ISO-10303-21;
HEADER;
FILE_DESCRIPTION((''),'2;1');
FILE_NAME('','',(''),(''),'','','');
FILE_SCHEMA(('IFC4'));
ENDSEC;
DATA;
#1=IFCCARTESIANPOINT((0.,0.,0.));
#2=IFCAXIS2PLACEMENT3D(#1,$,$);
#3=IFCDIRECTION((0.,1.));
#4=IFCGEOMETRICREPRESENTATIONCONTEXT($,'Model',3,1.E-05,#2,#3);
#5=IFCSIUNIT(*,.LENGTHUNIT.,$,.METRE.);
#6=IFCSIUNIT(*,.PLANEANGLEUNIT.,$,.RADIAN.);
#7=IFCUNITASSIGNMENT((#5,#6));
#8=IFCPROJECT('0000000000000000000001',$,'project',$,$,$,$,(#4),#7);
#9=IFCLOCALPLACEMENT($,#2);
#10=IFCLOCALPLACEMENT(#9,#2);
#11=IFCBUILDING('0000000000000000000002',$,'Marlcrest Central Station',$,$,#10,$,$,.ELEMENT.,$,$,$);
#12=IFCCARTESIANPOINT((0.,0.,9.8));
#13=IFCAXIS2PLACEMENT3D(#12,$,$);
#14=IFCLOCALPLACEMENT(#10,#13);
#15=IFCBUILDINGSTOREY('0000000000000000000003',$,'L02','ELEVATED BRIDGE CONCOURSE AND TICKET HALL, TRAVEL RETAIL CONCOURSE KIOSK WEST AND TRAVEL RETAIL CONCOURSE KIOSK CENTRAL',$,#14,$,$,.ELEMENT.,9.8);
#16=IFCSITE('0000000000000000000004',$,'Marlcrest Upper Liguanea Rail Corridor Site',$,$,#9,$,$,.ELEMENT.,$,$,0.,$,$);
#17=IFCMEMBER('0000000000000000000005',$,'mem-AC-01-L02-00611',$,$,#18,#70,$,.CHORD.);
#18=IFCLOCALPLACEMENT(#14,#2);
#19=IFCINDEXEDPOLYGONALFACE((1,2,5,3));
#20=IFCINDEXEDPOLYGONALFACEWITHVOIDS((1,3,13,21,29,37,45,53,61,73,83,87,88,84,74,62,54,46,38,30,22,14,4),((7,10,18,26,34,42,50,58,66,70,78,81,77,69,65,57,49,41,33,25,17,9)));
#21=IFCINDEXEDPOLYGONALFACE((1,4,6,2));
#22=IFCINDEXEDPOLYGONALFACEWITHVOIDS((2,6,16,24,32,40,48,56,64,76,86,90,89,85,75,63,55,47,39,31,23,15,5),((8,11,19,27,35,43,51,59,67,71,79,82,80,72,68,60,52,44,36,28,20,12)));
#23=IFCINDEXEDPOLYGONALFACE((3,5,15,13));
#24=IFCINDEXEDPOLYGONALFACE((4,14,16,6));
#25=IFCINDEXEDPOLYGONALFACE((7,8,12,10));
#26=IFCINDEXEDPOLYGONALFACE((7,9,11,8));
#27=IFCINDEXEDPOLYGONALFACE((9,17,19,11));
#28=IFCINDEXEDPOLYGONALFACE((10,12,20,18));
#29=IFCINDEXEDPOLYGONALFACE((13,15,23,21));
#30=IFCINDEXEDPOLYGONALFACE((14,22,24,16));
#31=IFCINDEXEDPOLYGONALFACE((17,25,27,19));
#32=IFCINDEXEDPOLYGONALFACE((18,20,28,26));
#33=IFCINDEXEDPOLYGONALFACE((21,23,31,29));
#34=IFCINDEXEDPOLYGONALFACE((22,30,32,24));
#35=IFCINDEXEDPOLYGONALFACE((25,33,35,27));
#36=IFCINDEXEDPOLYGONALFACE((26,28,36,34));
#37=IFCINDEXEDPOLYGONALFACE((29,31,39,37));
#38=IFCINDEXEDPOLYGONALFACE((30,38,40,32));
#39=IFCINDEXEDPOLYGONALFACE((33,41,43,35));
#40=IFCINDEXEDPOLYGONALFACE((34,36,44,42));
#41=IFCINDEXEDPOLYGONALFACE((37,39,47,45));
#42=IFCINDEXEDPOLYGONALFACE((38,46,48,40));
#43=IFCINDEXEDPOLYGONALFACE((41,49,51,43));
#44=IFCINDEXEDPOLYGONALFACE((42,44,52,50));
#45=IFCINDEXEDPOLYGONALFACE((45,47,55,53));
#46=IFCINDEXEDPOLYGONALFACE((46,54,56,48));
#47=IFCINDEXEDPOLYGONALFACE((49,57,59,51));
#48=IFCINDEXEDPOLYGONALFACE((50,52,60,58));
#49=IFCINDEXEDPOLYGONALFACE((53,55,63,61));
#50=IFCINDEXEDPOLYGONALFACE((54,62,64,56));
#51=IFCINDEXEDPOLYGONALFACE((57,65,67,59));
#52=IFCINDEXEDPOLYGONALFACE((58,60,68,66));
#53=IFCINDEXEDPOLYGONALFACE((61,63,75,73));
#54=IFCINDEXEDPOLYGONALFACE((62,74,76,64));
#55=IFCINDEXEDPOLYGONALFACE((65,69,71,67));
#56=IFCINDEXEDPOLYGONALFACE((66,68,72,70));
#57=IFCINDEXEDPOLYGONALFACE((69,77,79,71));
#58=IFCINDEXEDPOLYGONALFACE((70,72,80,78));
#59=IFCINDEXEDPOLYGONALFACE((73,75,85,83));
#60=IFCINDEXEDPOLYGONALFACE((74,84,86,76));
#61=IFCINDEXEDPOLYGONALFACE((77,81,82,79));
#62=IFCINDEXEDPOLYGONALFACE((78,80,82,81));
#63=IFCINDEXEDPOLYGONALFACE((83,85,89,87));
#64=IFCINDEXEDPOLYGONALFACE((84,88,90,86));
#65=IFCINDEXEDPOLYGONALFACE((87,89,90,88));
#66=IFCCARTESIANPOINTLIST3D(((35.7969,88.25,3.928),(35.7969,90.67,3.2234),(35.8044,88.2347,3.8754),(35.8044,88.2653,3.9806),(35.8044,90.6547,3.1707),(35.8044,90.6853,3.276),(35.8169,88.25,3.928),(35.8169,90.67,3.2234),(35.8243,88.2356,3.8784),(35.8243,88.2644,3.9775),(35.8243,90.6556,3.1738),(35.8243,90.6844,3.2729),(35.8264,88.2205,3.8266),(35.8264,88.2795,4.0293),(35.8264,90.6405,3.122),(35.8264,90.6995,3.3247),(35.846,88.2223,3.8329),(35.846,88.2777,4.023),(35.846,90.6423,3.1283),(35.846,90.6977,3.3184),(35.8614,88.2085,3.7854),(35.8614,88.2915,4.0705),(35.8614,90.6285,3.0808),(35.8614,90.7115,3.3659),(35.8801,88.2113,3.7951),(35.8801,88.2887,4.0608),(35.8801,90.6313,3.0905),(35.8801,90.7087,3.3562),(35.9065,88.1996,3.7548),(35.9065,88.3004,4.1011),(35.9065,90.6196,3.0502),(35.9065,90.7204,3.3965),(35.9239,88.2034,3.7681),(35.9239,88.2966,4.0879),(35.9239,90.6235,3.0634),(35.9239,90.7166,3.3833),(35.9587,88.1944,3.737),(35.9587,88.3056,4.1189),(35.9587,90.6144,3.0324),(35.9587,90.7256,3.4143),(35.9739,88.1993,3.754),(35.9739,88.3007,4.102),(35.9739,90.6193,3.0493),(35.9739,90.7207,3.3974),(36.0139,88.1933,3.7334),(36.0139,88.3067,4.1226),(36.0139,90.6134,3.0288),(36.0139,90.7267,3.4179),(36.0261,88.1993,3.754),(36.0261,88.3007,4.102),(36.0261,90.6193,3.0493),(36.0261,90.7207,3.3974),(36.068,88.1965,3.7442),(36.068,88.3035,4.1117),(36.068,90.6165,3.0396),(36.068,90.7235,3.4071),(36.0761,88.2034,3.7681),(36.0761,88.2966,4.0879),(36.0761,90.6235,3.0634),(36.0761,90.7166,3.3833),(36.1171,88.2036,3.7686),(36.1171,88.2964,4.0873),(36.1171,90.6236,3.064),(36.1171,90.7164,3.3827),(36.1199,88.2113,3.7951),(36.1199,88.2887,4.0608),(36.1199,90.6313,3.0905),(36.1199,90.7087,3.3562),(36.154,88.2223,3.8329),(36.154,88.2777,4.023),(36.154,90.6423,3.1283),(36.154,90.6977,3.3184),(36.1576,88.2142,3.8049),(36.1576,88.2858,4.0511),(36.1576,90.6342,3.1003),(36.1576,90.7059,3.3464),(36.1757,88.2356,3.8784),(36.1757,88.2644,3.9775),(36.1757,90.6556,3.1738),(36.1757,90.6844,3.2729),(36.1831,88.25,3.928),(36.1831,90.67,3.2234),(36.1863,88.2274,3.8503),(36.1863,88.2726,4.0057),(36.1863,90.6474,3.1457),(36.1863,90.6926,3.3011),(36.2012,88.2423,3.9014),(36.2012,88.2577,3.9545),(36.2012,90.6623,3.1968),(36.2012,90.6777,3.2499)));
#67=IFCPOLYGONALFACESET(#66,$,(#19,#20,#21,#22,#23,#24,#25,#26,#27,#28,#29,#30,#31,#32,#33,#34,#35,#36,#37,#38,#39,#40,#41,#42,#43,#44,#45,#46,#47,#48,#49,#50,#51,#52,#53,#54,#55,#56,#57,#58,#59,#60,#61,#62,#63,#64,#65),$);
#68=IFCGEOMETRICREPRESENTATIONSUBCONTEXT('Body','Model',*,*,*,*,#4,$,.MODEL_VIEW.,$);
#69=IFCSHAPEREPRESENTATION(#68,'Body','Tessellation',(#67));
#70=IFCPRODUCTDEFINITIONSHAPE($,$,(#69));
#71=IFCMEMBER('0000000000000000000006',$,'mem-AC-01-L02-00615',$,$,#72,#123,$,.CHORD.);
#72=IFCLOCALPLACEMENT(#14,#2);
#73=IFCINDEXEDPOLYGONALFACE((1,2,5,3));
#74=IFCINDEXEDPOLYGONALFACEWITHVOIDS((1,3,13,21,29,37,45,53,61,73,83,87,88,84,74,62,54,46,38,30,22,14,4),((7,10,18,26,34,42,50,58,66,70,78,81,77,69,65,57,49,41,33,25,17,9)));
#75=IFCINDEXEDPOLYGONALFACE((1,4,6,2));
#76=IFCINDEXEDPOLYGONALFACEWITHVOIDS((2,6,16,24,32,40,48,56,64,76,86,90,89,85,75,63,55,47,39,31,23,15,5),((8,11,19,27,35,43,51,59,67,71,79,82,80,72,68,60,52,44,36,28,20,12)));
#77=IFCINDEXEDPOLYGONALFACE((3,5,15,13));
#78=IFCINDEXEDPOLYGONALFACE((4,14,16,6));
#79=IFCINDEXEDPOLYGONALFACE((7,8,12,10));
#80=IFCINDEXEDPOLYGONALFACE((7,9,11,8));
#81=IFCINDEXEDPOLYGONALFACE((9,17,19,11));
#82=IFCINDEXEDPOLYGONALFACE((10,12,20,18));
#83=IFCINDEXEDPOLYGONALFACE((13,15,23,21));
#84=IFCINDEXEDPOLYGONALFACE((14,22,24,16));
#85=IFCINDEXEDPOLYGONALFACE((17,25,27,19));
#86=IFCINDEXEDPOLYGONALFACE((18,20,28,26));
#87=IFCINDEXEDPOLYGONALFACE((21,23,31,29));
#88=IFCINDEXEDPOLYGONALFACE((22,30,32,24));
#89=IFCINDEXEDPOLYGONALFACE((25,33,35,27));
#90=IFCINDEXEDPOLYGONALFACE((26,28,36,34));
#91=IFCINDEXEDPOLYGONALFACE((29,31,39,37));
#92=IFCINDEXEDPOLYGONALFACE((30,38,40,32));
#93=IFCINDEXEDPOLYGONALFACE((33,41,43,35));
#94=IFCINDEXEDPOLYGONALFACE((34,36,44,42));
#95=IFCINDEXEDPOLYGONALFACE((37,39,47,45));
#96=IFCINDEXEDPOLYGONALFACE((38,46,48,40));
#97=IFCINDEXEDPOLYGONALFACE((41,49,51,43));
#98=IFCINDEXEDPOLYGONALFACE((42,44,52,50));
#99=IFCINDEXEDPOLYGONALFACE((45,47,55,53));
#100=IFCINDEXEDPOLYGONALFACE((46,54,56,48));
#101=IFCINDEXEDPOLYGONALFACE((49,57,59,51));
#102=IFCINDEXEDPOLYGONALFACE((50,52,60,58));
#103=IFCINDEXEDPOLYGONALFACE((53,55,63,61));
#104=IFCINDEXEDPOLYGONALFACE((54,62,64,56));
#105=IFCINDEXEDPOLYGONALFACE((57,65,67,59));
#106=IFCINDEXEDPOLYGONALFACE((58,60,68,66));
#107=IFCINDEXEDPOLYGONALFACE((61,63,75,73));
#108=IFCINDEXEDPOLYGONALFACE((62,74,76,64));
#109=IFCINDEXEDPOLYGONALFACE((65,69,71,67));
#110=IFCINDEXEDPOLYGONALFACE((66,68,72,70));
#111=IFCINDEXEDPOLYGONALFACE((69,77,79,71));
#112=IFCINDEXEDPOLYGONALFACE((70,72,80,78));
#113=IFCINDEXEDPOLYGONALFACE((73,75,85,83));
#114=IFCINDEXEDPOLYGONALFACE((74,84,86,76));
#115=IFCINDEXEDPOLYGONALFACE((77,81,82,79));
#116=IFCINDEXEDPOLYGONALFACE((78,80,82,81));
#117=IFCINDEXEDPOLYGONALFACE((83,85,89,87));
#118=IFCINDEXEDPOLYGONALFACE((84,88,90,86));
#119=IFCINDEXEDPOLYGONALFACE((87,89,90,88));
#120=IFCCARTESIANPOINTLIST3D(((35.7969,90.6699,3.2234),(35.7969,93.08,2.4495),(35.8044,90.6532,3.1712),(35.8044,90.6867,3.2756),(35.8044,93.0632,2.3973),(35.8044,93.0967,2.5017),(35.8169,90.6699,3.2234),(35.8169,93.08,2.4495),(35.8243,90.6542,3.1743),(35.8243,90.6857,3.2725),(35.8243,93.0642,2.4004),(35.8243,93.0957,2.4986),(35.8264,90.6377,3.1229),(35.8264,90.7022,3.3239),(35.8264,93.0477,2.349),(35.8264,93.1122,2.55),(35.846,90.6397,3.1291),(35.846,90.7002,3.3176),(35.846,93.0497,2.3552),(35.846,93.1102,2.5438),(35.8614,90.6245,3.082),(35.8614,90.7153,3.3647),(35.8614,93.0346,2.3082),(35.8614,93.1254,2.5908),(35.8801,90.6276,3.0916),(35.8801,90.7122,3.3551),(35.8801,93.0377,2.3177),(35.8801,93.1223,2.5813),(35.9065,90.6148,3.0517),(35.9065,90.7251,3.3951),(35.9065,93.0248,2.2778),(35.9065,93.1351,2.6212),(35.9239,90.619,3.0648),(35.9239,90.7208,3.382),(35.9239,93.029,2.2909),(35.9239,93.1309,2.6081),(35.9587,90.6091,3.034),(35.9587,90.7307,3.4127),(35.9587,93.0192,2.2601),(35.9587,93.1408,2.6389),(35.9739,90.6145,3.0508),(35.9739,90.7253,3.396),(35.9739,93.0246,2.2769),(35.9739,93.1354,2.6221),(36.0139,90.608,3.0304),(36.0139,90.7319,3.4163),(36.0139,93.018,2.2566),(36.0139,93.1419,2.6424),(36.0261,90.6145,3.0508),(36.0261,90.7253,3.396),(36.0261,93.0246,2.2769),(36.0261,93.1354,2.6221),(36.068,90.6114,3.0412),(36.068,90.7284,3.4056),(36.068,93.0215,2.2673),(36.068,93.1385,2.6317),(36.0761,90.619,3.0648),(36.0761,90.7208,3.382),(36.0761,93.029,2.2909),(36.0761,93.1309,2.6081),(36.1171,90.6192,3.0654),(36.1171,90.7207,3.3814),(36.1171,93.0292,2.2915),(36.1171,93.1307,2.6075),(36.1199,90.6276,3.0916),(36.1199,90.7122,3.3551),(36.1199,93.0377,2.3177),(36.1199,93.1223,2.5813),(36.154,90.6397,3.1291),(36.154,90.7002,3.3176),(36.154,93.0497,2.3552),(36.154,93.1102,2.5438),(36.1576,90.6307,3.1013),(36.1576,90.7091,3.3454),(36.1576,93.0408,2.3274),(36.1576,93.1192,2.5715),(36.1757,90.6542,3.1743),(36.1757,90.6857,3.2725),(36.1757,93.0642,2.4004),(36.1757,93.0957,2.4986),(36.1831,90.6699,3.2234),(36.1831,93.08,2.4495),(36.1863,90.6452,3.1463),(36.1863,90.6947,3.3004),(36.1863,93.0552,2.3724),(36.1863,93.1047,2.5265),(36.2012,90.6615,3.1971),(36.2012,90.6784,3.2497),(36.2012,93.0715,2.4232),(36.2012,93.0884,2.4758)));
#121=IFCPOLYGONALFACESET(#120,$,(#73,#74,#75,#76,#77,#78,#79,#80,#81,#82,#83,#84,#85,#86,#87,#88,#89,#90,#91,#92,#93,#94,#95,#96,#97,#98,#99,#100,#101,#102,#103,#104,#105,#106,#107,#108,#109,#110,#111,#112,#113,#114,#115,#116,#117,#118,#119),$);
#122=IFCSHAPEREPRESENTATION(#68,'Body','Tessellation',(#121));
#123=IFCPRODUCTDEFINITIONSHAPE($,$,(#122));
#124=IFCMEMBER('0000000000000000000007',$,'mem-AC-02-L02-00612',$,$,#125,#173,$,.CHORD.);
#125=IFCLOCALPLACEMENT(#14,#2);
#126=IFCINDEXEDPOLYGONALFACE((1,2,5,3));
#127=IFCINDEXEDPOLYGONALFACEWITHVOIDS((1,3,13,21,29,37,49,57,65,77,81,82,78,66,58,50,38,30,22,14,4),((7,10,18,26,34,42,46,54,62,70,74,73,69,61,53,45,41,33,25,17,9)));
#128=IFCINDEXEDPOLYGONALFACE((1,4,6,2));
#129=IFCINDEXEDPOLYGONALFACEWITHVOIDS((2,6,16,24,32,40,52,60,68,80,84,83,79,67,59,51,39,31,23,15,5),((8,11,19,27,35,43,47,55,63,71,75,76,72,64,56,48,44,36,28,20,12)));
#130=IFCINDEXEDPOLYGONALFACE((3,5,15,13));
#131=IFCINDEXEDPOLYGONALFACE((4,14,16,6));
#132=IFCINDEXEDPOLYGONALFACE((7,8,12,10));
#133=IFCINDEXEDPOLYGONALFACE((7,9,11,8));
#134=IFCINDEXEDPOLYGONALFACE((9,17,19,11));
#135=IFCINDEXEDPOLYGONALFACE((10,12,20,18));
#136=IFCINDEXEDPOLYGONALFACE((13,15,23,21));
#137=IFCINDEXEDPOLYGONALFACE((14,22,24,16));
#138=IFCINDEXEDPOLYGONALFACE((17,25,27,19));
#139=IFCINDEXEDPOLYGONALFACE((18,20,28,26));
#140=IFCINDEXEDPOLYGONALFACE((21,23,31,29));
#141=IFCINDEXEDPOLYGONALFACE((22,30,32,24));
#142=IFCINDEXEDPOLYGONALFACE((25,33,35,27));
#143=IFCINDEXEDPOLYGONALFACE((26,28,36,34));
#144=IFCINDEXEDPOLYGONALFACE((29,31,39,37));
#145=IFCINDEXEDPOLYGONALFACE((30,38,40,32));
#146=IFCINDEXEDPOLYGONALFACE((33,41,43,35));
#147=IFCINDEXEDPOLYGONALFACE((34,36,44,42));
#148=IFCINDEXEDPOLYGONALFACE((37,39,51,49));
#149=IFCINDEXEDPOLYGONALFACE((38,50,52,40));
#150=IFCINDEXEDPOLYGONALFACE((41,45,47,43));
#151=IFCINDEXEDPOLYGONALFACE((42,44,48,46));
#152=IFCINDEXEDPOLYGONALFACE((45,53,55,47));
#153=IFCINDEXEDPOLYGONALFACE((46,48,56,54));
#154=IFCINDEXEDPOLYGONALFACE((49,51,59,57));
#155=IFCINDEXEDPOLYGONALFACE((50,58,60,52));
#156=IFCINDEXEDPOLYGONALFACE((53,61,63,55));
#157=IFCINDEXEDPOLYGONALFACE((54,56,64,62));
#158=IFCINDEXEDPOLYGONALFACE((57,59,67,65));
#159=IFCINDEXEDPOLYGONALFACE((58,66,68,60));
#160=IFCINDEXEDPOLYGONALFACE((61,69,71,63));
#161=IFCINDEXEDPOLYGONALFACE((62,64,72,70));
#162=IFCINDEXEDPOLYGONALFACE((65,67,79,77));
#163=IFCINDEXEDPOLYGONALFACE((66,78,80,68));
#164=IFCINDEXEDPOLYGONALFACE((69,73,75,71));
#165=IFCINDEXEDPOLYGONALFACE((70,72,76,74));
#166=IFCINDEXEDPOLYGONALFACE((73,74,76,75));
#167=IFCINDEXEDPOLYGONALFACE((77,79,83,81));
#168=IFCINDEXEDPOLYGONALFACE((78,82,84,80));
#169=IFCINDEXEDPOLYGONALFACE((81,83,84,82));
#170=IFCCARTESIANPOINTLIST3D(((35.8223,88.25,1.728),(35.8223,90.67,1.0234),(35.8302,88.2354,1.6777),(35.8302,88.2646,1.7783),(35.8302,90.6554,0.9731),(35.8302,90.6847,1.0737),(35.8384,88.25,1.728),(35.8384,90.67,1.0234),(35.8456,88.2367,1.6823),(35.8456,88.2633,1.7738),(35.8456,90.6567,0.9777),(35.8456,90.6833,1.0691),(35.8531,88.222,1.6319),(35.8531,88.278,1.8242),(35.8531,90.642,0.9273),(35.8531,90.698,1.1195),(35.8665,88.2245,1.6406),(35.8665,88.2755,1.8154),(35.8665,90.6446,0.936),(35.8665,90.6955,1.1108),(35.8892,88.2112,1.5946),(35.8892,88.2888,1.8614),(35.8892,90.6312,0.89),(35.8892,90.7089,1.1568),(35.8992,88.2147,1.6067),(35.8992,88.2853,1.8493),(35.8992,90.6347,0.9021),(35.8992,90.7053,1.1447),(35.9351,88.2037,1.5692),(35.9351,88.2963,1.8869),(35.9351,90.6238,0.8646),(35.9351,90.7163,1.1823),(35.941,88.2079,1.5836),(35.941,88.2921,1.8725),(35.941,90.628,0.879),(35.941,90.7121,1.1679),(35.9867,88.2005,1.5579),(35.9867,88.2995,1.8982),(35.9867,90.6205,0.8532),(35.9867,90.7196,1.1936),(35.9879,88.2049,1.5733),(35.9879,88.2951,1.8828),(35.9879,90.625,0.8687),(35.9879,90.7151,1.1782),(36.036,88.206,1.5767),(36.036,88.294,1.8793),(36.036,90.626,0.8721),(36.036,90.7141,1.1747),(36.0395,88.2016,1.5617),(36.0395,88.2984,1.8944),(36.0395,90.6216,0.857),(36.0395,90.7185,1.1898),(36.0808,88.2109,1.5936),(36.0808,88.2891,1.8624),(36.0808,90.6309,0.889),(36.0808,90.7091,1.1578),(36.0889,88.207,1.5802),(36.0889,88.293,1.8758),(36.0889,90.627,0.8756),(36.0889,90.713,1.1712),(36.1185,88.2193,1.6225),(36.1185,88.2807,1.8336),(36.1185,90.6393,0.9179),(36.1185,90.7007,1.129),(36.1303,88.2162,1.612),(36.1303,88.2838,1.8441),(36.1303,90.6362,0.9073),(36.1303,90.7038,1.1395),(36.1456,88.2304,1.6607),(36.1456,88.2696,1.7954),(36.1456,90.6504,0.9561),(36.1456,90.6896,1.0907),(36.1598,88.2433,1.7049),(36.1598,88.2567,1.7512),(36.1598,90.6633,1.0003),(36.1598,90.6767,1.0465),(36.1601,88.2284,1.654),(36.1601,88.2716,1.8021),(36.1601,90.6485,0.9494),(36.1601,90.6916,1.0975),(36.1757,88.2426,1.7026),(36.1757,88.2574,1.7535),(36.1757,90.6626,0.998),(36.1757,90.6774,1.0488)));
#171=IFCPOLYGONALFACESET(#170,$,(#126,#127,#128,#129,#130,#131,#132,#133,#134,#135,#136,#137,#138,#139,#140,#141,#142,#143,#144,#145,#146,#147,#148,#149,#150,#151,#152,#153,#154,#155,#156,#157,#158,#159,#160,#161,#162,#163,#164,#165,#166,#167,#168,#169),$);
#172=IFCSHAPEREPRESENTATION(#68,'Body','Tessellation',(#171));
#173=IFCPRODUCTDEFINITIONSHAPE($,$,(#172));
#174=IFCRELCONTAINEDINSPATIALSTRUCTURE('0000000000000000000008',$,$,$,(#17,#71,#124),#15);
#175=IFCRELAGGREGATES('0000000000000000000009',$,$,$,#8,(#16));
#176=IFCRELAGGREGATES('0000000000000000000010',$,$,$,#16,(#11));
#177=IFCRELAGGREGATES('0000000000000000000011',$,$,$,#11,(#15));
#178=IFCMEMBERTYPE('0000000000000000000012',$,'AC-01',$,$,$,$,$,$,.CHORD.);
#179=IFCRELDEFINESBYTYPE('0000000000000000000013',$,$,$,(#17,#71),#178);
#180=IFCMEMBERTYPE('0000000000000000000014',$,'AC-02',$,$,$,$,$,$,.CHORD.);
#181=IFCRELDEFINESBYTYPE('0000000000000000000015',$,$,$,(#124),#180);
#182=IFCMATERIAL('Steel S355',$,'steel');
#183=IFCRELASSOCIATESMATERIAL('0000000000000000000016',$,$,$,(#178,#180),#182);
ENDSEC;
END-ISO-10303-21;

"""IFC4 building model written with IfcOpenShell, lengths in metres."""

from ifc_helpers import new_model, si_unit, direction, frame, origin, origin_2d, place, context, subcontext, project, spatial, hollow_circle, extrude, material, material_profile, profile_set, type_object, element, save


model = new_model("IFC4")

# Units and contexts
model_context = context("Model", 3, precision=1e-05, world=origin(), true_north=direction((0.0, 1.0)))
body_context = subcontext(model_context, "Body", "Model", "MODEL_VIEW")
ifc_project = project(units=[si_unit("LENGTHUNIT", "METRE"), si_unit("PLANEANGLEUNIT", "RADIAN")], contexts=[model_context])

# Site, building, storey
site_placement = place(None, origin())
site = spatial("IfcSite", under=ifc_project, at=site_placement, Name="Marlcrest Upper Liguanea Rail Corridor Site", CompositionType="ELEMENT", RefElevation=0.0)
building_placement = place(site_placement, origin())
building = spatial("IfcBuilding", under=site, at=building_placement, Name="Marlcrest Central Station", CompositionType="ELEMENT")
storey_placement = place(building_placement, frame((0.0, 0.0, 9.8)))
storey = spatial("IfcBuildingStorey", under=building, at=storey_placement, Name="L02", Description="ELEVATED BRIDGE CONCOURSE AND TICKET HALL, TRAVEL RETAIL CONCOURSE KIOSK WEST AND TRAVEL RETAIL CONCOURSE KIOSK CENTRAL", CompositionType="ELEMENT", Elevation=9.8)

# Members
ifc_material_1 = material(Name="Steel S355", Category="steel")
ifc_material_profile_1 = material_profile(ifc_material_1, hollow_circle(Radius=0.2031, WallThickness=0.02, at=origin_2d()), Name="CHS 406.4x20")
ifc_profile_set_1 = profile_set([ifc_material_profile_1], Name="Steel S355")
member_type_1 = type_object("IfcMemberType", Name="AC-01", PredefinedType="CHORD", material=ifc_profile_set_1)
member_1_placement = place(storey_placement, frame((36.0, 88.25, 3.928), z_axis=(0.0, 0.96013, -0.279554), x_axis=(-1.0, 0.0, 0.0)))
element("IfcMember", 1, at=member_1_placement, inside=storey, type_object=member_type_1, Name="mem-AC-01-L02-00611", PredefinedType="CHORD", context=body_context, shape_type="SweptSolid", body=[
    extrude(hollow_circle(Radius=0.2031, WallThickness=0.02, at=origin_2d()), origin(), (0.0, 0.0, 1.0), 2.5205),
])
member_2_placement = place(storey_placement, frame((36.0, 90.6699, 3.2234), z_axis=(0.0, 0.952117, -0.305734), x_axis=(-1.0, 0.0, 0.0)))
element("IfcMember", 2, at=member_2_placement, inside=storey, type_object=member_type_1, Name="mem-AC-01-L02-00615", PredefinedType="CHORD", context=body_context, shape_type="SweptSolid", body=[
    extrude(hollow_circle(Radius=0.2031, WallThickness=0.02, at=origin_2d()), origin(), (0.0, 0.0, 1.0), 2.5312),
])
ifc_material_profile_2 = material_profile(ifc_material_1, hollow_circle(Radius=0.1777, WallThickness=0.0161, at=origin_2d()), Name="CHS 355.6x16")
ifc_profile_set_2 = profile_set([ifc_material_profile_2], Name="Steel S355")
member_type_2 = type_object("IfcMemberType", Name="AC-02", PredefinedType="CHORD", material=ifc_profile_set_2)
member_3_placement = place(storey_placement, frame((36.0, 88.25, 1.728), z_axis=(0.0, 0.96013, -0.279554), x_axis=(-1.0, 0.0, 0.0)))
element("IfcMember", 3, at=member_3_placement, inside=storey, type_object=member_type_2, Name="mem-AC-02-L02-00612", PredefinedType="CHORD", context=body_context, shape_type="SweptSolid", body=[
    extrude(hollow_circle(Radius=0.1777, WallThickness=0.0161, at=origin_2d()), origin(), (0.0, 0.0, 1.0), 2.5205),
])

save(model, "model.ifc")
